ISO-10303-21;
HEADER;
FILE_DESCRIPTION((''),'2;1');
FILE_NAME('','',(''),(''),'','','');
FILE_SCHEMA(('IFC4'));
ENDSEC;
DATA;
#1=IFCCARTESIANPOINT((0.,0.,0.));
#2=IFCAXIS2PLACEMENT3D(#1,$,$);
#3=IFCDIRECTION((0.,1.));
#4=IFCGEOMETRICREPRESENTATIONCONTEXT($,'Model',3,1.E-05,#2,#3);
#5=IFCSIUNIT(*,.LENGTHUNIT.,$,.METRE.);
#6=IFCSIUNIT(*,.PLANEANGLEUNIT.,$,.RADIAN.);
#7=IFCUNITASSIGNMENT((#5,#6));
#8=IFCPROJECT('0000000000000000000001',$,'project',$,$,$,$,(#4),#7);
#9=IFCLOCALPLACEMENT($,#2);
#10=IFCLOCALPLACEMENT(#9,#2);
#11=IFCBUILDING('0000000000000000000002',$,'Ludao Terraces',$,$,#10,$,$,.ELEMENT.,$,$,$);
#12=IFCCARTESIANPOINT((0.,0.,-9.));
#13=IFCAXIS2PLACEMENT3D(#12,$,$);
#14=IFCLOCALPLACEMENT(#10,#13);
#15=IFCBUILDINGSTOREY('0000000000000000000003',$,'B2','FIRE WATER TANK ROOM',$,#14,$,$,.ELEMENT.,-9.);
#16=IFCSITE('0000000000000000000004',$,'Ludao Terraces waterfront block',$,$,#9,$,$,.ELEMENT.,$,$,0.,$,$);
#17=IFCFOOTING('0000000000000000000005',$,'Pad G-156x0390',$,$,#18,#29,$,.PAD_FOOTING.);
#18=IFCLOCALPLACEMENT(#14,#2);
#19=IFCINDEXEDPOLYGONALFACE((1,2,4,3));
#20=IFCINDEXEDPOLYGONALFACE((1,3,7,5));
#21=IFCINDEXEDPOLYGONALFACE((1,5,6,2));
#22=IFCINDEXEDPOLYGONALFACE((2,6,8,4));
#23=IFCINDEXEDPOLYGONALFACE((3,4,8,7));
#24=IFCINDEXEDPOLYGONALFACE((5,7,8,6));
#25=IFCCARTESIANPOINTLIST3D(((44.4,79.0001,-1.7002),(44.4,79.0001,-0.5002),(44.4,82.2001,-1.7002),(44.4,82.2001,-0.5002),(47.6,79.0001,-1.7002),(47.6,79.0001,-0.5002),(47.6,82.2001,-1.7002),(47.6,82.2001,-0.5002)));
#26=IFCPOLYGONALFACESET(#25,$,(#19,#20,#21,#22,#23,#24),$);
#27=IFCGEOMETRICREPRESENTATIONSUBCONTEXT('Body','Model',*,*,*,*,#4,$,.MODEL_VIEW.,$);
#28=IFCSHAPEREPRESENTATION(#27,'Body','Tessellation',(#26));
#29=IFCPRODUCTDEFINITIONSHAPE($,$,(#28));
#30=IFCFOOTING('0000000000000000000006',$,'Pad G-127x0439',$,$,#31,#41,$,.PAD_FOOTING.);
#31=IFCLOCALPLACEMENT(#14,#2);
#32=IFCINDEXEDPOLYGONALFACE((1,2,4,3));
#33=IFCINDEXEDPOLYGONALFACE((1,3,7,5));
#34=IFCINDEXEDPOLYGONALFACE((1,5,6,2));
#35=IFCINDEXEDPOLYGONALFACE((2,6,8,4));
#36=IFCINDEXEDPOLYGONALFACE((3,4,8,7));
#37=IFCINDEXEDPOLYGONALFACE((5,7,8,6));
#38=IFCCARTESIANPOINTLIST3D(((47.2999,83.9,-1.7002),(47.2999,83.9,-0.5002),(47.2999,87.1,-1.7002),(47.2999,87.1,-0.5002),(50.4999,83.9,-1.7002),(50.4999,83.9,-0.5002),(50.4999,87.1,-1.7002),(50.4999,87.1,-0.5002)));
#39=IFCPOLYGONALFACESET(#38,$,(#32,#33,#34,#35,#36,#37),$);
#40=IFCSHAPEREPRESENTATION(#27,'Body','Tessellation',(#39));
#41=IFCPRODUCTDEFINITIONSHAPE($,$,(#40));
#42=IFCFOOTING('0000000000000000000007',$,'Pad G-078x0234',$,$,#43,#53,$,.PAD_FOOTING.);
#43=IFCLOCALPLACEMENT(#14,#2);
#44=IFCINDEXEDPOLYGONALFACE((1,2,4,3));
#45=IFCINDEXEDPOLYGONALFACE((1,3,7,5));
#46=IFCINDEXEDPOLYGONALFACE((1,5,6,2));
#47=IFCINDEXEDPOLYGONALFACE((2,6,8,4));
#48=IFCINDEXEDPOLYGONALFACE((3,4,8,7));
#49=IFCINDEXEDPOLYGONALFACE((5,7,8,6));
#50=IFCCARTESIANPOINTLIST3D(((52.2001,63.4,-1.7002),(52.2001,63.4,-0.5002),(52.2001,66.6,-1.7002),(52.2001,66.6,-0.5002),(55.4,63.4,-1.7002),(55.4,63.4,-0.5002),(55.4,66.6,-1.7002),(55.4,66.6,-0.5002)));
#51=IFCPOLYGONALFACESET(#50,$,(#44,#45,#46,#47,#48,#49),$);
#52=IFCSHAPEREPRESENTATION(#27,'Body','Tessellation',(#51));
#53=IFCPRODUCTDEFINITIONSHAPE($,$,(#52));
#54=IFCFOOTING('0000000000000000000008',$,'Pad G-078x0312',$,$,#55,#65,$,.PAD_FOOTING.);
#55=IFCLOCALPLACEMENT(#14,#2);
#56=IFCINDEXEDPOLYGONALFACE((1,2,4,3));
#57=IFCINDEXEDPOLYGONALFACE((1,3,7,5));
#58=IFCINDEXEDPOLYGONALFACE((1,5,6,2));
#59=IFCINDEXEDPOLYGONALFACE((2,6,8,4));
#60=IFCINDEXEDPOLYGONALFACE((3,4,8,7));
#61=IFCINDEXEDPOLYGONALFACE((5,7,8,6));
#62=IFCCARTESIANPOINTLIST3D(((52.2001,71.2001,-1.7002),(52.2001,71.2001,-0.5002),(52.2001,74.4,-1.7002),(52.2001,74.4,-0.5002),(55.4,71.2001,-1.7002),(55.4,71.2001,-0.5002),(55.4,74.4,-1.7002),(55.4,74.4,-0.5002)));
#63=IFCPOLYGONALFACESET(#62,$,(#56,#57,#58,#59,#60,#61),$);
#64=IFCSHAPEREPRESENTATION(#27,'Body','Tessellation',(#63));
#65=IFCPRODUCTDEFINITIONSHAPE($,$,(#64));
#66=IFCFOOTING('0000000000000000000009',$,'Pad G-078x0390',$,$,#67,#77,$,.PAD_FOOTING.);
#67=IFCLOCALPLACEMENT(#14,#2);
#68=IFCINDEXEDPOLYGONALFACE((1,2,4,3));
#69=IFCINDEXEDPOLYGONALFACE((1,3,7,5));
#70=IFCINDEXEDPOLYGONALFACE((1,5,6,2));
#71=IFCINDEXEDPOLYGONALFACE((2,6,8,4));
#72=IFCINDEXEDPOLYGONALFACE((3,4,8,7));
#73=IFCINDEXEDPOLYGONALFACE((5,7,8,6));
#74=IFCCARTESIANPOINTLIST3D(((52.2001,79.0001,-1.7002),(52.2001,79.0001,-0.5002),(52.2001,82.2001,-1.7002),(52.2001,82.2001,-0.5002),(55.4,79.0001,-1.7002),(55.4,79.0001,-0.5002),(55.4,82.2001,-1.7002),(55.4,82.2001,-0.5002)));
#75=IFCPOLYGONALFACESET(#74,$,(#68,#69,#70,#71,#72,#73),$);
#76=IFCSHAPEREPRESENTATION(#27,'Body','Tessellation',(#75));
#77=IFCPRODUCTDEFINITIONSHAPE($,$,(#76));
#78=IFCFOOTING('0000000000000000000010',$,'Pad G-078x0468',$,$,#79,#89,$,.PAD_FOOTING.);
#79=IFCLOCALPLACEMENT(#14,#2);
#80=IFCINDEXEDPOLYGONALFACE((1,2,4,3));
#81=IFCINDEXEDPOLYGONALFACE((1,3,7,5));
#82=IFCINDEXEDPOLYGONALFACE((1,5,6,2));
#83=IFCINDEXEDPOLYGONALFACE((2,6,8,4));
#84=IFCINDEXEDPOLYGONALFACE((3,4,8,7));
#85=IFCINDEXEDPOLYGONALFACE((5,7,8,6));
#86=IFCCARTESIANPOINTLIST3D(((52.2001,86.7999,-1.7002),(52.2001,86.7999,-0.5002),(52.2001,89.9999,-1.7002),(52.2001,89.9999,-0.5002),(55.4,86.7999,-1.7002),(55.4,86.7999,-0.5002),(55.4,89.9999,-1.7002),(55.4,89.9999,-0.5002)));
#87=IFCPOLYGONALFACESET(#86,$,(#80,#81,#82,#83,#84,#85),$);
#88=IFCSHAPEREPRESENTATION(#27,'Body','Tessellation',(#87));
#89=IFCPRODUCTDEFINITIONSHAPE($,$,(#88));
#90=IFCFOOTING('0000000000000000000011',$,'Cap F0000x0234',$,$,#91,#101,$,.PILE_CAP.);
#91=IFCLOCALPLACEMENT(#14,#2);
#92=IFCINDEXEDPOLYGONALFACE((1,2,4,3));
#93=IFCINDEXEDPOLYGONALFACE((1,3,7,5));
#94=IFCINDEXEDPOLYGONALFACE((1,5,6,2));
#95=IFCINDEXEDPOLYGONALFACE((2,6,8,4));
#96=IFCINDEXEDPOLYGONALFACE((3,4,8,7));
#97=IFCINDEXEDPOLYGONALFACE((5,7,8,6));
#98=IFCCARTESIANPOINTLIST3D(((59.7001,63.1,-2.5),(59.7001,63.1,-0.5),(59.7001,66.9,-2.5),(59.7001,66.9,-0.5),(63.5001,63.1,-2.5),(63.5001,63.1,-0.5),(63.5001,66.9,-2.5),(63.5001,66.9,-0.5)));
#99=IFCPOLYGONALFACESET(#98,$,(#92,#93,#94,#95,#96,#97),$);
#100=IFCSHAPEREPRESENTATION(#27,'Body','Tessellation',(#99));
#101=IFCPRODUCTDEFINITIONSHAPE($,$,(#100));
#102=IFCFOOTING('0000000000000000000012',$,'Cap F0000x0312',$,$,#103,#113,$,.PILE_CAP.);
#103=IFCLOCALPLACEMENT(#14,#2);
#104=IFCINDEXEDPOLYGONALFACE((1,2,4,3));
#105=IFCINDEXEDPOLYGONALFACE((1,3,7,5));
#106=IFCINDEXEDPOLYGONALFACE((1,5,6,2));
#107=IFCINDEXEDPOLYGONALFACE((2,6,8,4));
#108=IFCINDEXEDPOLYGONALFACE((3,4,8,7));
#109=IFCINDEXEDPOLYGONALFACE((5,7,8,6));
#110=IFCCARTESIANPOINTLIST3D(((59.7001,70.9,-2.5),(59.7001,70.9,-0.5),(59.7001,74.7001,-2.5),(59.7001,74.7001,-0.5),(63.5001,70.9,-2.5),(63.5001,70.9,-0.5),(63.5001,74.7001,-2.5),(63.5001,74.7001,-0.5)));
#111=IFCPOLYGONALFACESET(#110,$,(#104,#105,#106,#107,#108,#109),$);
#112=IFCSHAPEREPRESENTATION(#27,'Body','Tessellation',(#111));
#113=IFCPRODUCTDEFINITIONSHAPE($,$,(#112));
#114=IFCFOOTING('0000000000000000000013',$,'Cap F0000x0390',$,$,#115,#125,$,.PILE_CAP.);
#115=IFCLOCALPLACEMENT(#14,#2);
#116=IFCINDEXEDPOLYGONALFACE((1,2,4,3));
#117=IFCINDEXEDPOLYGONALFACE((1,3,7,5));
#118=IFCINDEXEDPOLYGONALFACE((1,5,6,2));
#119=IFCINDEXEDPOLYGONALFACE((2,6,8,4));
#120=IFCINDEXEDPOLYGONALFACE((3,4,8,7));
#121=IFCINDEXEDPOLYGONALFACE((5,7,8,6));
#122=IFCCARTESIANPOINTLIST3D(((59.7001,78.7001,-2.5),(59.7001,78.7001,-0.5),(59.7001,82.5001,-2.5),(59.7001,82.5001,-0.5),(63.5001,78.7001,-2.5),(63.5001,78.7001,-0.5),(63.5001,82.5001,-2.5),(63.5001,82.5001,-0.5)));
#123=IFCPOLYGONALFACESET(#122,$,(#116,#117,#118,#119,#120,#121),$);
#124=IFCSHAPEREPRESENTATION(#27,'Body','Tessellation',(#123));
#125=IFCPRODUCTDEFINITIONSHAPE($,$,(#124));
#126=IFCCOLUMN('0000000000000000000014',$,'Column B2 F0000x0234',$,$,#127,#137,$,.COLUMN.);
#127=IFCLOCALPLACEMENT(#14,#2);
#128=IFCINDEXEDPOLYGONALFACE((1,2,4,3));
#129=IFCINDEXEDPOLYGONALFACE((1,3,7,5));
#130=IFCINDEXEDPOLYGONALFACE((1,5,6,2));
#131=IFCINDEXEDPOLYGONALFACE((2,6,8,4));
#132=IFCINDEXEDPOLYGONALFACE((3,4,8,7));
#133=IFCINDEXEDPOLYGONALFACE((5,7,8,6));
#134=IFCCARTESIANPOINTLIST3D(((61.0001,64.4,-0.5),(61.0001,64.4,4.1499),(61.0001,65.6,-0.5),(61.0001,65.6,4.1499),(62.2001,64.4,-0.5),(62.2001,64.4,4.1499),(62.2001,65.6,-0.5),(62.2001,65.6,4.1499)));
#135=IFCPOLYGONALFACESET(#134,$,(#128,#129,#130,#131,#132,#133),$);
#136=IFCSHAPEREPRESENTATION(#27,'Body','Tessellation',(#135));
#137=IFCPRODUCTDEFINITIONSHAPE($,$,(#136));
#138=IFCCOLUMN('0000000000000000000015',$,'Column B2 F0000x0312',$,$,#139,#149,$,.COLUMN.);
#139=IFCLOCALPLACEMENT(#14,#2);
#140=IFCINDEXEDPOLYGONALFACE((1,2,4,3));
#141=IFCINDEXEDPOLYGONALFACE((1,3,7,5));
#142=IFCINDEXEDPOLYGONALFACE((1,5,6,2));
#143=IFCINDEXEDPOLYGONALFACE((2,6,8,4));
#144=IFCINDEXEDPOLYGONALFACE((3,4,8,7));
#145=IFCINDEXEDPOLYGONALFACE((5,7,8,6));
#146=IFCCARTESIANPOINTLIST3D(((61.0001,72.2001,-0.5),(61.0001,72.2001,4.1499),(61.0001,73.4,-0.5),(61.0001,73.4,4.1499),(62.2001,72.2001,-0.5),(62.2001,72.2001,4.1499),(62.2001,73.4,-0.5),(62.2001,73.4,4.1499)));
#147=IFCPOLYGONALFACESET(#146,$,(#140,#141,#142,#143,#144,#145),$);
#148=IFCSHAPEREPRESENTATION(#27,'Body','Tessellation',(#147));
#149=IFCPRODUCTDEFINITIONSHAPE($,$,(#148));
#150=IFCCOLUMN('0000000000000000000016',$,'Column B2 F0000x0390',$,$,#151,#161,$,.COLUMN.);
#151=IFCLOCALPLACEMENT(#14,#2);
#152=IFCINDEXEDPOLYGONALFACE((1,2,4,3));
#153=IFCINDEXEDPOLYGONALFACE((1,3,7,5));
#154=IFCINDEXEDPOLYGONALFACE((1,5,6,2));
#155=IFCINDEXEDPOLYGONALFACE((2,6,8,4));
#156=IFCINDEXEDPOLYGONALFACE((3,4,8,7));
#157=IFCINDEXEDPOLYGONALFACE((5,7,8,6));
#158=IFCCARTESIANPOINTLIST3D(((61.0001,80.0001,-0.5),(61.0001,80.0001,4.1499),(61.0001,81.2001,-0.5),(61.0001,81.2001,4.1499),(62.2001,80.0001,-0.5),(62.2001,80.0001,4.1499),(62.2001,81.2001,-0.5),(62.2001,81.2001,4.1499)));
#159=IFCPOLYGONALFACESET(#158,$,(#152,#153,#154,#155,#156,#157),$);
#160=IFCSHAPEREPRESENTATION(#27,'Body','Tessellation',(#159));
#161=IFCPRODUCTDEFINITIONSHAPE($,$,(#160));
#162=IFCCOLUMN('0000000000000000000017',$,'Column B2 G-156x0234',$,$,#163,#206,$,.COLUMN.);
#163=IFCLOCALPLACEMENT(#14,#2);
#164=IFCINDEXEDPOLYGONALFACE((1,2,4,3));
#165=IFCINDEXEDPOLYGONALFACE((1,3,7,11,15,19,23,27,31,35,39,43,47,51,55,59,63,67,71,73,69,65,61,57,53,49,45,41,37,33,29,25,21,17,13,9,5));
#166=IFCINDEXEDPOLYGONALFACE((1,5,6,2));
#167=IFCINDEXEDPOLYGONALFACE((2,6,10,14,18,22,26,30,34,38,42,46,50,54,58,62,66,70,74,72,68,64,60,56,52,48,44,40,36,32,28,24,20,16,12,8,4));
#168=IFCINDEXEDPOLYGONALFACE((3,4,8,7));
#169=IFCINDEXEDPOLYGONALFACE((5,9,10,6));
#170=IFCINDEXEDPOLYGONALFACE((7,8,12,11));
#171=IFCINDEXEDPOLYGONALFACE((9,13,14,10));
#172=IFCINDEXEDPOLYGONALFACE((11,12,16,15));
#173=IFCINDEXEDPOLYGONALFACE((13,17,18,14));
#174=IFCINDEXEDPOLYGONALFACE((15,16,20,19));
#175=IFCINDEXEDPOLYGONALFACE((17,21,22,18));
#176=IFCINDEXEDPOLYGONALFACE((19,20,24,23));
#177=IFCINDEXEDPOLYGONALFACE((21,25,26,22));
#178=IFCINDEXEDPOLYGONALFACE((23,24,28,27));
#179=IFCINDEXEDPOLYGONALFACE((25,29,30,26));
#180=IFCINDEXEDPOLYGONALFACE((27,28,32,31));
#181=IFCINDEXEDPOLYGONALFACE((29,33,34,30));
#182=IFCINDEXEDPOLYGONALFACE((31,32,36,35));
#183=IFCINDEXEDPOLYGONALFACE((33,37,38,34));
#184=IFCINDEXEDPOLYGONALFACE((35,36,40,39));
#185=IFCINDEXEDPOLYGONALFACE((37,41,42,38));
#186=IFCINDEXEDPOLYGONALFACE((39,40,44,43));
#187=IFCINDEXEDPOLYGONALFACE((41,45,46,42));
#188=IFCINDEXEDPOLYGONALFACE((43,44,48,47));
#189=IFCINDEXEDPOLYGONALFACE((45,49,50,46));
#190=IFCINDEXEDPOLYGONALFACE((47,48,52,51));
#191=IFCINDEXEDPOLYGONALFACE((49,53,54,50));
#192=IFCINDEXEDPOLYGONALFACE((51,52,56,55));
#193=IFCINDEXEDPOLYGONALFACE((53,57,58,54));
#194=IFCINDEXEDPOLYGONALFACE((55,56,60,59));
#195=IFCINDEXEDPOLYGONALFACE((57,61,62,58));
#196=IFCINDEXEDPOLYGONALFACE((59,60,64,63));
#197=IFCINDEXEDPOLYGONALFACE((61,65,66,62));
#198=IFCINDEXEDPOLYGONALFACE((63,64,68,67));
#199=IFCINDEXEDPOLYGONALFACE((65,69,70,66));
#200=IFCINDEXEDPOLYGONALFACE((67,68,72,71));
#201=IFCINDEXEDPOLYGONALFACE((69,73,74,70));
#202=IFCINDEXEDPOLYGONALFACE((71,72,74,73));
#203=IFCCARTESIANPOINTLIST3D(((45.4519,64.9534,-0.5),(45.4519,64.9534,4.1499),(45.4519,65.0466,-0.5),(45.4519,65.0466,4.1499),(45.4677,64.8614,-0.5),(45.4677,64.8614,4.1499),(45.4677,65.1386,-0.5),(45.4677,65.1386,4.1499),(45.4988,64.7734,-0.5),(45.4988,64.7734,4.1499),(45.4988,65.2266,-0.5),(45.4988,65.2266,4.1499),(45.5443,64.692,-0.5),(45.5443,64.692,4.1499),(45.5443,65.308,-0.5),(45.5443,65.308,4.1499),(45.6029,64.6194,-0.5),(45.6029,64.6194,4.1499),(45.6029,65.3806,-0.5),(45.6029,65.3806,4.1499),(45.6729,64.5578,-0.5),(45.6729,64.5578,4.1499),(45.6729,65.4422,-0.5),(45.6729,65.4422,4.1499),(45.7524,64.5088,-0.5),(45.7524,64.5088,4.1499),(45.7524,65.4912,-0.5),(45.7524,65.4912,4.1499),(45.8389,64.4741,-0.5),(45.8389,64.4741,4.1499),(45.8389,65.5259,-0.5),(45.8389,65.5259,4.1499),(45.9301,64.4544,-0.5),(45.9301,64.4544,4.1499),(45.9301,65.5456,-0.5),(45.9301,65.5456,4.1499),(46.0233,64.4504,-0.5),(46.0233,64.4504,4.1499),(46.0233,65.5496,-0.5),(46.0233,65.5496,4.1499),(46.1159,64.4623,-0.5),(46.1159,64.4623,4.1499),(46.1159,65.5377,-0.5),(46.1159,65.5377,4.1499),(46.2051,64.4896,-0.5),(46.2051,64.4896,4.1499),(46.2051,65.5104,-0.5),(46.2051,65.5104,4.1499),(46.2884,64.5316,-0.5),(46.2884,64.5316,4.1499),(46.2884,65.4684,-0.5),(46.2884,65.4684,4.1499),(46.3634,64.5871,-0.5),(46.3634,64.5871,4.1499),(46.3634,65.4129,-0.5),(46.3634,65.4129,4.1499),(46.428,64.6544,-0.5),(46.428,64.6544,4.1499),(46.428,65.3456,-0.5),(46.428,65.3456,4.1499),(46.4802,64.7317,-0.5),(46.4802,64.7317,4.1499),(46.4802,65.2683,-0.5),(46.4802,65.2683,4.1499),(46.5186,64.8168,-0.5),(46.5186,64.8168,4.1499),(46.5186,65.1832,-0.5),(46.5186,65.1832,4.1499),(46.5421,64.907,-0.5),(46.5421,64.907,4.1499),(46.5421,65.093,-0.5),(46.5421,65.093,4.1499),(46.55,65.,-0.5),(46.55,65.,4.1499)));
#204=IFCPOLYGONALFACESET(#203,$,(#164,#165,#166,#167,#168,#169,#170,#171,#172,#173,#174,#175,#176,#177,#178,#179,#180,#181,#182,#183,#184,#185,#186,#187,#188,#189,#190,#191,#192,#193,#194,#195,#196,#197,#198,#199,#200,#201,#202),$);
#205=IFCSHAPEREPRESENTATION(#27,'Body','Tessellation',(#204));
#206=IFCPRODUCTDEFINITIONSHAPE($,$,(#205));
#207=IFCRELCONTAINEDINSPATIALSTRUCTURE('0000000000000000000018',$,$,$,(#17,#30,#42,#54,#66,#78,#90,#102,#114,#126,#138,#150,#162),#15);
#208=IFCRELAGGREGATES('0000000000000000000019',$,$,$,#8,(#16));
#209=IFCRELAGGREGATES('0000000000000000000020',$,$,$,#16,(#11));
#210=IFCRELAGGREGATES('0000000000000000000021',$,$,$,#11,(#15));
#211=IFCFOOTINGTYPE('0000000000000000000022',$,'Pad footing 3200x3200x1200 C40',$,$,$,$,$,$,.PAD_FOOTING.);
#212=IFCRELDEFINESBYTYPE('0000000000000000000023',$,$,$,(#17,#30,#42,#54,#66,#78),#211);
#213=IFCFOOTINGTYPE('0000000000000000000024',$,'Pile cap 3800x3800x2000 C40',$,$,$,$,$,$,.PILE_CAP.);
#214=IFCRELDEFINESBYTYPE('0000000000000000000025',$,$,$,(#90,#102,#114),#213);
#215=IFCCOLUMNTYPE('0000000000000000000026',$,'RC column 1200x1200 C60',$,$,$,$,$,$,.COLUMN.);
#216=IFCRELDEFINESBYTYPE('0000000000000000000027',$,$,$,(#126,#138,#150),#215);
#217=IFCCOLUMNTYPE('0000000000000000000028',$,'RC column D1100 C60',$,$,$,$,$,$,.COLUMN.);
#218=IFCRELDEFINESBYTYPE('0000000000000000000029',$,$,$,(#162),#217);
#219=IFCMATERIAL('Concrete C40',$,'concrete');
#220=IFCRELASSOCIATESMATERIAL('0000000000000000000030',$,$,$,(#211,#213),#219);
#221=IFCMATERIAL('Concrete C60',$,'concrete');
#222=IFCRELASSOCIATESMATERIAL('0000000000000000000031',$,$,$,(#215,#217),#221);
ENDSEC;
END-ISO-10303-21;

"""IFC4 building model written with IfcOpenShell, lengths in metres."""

from ifc_helpers import new_model, si_unit, direction, frame, origin, origin_2d, place, context, subcontext, project, spatial, rectangle, circle, extrude, material, material_profile, profile_set, type_object, element, save


model = new_model("IFC4")

# Units and contexts
model_context = context("Model", 3, precision=1e-05, world=origin(), true_north=direction((0.0, 1.0)))
body_context = subcontext(model_context, "Body", "Model", "MODEL_VIEW")
ifc_project = project(units=[si_unit("LENGTHUNIT", "METRE"), si_unit("PLANEANGLEUNIT", "RADIAN")], contexts=[model_context])

# Site, building, storey
site_placement = place(None, origin())
site = spatial("IfcSite", under=ifc_project, at=site_placement, Name="Ludao Terraces waterfront block", CompositionType="ELEMENT", RefElevation=0.0)
building_placement = place(site_placement, origin())
building = spatial("IfcBuilding", under=site, at=building_placement, Name="Ludao Terraces", CompositionType="ELEMENT")
storey_placement = place(building_placement, frame((0.0, 0.0, -9.0)))
storey = spatial("IfcBuildingStorey", under=building, at=storey_placement, Name="B2", Description="FIRE WATER TANK ROOM", CompositionType="ELEMENT", Elevation=-9.0)

# Shared definitions
ifc_material_1 = material(Name="Concrete C40", Category="concrete")

# Footings
footing_type_1 = type_object("IfcFootingType", Name="Pad footing 3200x3200x1200 C40", PredefinedType="PAD_FOOTING", material=ifc_material_1)
for number, where, z_axis, x_axis, name in (
    (1, (46.0, 80.6001, -1.7002), (0.0, 0.0, 1.0), (1.0, 0.0, 0.0), "Pad G-156x0390"),
    (2, (48.8999, 85.5, -1.7002), (0.0, 0.0, 1.0), (1.0, 0.0, 0.0), "Pad G-127x0439"),
    (3, (53.8, 65.0, -1.7002), (0.0, 0.0, 1.0), (1.0, 0.0, 0.0), "Pad G-078x0234"),
    (4, (53.8, 72.8, -1.7002), (0.0, 0.0, 1.0), (1.0, 0.0, 0.0), "Pad G-078x0312"),
    (5, (53.8, 80.6001, -1.7002), (0.0, 0.0, 1.0), (1.0, 0.0, 0.0), "Pad G-078x0390"),
    (6, (53.8, 88.3999, -1.7002), (0.0, 0.0, 1.0), (1.0, 0.0, 0.0), "Pad G-078x0468"),
):
    element("IfcFooting", number, at=place(storey_placement, frame(where, z_axis=z_axis, x_axis=x_axis)), inside=storey, type_object=footing_type_1, Name=name, PredefinedType="PAD_FOOTING", context=body_context, shape_type="SweptSolid", body=[
        extrude(rectangle(XDim=3.2, YDim=3.2, at=origin_2d()), origin(), (0.0, 0.0, 1.0), 1.2),
    ])
footing_type_2 = type_object("IfcFootingType", Name="Pile cap 3800x3800x2000 C40", PredefinedType="PILE_CAP", material=ifc_material_1)
for number, where, z_axis, x_axis, name in (
    (7, (61.6001, 65.0, -2.5), (0.0, 0.0, 1.0), (1.0, 0.0, 0.0), "Cap F0000x0234"),
    (8, (61.6001, 72.8, -2.5), (0.0, 0.0, 1.0), (1.0, 0.0, 0.0), "Cap F0000x0312"),
    (9, (61.6001, 80.6001, -2.5), (0.0, 0.0, 1.0), (1.0, 0.0, 0.0), "Cap F0000x0390"),
):
    element("IfcFooting", number, at=place(storey_placement, frame(where, z_axis=z_axis, x_axis=x_axis)), inside=storey, type_object=footing_type_2, Name=name, PredefinedType="PILE_CAP", context=body_context, shape_type="SweptSolid", body=[
        extrude(rectangle(XDim=3.8, YDim=3.8, at=origin_2d()), origin(), (0.0, 0.0, 1.0), 2.0),
    ])

# Columns
ifc_material_2 = material(Name="Concrete C60", Category="concrete")
ifc_material_profile_1 = material_profile(ifc_material_2, rectangle(XDim=1.2, YDim=1.2, at=origin_2d()), Name="1200 X 1200")
ifc_profile_set_1 = profile_set([ifc_material_profile_1], Name="Concrete C60")
column_type_1 = type_object("IfcColumnType", Name="RC column 1200x1200 C60", PredefinedType="COLUMN", material=ifc_profile_set_1)
for number, where, z_axis, x_axis, name in (
    (10, (61.6001, 65.0, -0.5), (0.0, 0.0, 1.0), (1.0, 0.0, 0.0), "Column B2 F0000x0234"),
    (11, (61.6001, 72.8, -0.5), (0.0, 0.0, 1.0), (1.0, 0.0, 0.0), "Column B2 F0000x0312"),
    (12, (61.6001, 80.6001, -0.5), (0.0, 0.0, 1.0), (1.0, 0.0, 0.0), "Column B2 F0000x0390"),
):
    element("IfcColumn", number, at=place(storey_placement, frame(where, z_axis=z_axis, x_axis=x_axis)), inside=storey, type_object=column_type_1, Name=name, PredefinedType="COLUMN", context=body_context, shape_type="SweptSolid", body=[
        extrude(rectangle(XDim=1.2, YDim=1.2, at=origin_2d()), origin(), (0.0, 0.0, 1.0), 4.6499),
    ])
ifc_material_profile_2 = material_profile(ifc_material_2, circle(Radius=0.55, at=origin_2d()), Name="D1100")
ifc_profile_set_2 = profile_set([ifc_material_profile_2], Name="Concrete C60")
column_type_2 = type_object("IfcColumnType", Name="RC column D1100 C60", PredefinedType="COLUMN", material=ifc_profile_set_2)
for number, where, z_axis, x_axis, name in (
    (13, (46.0, 65.0, -0.5), (0.0, 0.0, 1.0), (1.0, 0.0, 0.0), "Column B2 G-156x0234"),
):
    element("IfcColumn", number, at=place(storey_placement, frame(where, z_axis=z_axis, x_axis=x_axis)), inside=storey, type_object=column_type_2, Name=name, PredefinedType="COLUMN", context=body_context, shape_type="SweptSolid", body=[
        extrude(circle(Radius=0.55, at=origin_2d()), origin(), (0.0, 0.0, 1.0), 4.6499),
    ])

save(model, "model.ifc")
